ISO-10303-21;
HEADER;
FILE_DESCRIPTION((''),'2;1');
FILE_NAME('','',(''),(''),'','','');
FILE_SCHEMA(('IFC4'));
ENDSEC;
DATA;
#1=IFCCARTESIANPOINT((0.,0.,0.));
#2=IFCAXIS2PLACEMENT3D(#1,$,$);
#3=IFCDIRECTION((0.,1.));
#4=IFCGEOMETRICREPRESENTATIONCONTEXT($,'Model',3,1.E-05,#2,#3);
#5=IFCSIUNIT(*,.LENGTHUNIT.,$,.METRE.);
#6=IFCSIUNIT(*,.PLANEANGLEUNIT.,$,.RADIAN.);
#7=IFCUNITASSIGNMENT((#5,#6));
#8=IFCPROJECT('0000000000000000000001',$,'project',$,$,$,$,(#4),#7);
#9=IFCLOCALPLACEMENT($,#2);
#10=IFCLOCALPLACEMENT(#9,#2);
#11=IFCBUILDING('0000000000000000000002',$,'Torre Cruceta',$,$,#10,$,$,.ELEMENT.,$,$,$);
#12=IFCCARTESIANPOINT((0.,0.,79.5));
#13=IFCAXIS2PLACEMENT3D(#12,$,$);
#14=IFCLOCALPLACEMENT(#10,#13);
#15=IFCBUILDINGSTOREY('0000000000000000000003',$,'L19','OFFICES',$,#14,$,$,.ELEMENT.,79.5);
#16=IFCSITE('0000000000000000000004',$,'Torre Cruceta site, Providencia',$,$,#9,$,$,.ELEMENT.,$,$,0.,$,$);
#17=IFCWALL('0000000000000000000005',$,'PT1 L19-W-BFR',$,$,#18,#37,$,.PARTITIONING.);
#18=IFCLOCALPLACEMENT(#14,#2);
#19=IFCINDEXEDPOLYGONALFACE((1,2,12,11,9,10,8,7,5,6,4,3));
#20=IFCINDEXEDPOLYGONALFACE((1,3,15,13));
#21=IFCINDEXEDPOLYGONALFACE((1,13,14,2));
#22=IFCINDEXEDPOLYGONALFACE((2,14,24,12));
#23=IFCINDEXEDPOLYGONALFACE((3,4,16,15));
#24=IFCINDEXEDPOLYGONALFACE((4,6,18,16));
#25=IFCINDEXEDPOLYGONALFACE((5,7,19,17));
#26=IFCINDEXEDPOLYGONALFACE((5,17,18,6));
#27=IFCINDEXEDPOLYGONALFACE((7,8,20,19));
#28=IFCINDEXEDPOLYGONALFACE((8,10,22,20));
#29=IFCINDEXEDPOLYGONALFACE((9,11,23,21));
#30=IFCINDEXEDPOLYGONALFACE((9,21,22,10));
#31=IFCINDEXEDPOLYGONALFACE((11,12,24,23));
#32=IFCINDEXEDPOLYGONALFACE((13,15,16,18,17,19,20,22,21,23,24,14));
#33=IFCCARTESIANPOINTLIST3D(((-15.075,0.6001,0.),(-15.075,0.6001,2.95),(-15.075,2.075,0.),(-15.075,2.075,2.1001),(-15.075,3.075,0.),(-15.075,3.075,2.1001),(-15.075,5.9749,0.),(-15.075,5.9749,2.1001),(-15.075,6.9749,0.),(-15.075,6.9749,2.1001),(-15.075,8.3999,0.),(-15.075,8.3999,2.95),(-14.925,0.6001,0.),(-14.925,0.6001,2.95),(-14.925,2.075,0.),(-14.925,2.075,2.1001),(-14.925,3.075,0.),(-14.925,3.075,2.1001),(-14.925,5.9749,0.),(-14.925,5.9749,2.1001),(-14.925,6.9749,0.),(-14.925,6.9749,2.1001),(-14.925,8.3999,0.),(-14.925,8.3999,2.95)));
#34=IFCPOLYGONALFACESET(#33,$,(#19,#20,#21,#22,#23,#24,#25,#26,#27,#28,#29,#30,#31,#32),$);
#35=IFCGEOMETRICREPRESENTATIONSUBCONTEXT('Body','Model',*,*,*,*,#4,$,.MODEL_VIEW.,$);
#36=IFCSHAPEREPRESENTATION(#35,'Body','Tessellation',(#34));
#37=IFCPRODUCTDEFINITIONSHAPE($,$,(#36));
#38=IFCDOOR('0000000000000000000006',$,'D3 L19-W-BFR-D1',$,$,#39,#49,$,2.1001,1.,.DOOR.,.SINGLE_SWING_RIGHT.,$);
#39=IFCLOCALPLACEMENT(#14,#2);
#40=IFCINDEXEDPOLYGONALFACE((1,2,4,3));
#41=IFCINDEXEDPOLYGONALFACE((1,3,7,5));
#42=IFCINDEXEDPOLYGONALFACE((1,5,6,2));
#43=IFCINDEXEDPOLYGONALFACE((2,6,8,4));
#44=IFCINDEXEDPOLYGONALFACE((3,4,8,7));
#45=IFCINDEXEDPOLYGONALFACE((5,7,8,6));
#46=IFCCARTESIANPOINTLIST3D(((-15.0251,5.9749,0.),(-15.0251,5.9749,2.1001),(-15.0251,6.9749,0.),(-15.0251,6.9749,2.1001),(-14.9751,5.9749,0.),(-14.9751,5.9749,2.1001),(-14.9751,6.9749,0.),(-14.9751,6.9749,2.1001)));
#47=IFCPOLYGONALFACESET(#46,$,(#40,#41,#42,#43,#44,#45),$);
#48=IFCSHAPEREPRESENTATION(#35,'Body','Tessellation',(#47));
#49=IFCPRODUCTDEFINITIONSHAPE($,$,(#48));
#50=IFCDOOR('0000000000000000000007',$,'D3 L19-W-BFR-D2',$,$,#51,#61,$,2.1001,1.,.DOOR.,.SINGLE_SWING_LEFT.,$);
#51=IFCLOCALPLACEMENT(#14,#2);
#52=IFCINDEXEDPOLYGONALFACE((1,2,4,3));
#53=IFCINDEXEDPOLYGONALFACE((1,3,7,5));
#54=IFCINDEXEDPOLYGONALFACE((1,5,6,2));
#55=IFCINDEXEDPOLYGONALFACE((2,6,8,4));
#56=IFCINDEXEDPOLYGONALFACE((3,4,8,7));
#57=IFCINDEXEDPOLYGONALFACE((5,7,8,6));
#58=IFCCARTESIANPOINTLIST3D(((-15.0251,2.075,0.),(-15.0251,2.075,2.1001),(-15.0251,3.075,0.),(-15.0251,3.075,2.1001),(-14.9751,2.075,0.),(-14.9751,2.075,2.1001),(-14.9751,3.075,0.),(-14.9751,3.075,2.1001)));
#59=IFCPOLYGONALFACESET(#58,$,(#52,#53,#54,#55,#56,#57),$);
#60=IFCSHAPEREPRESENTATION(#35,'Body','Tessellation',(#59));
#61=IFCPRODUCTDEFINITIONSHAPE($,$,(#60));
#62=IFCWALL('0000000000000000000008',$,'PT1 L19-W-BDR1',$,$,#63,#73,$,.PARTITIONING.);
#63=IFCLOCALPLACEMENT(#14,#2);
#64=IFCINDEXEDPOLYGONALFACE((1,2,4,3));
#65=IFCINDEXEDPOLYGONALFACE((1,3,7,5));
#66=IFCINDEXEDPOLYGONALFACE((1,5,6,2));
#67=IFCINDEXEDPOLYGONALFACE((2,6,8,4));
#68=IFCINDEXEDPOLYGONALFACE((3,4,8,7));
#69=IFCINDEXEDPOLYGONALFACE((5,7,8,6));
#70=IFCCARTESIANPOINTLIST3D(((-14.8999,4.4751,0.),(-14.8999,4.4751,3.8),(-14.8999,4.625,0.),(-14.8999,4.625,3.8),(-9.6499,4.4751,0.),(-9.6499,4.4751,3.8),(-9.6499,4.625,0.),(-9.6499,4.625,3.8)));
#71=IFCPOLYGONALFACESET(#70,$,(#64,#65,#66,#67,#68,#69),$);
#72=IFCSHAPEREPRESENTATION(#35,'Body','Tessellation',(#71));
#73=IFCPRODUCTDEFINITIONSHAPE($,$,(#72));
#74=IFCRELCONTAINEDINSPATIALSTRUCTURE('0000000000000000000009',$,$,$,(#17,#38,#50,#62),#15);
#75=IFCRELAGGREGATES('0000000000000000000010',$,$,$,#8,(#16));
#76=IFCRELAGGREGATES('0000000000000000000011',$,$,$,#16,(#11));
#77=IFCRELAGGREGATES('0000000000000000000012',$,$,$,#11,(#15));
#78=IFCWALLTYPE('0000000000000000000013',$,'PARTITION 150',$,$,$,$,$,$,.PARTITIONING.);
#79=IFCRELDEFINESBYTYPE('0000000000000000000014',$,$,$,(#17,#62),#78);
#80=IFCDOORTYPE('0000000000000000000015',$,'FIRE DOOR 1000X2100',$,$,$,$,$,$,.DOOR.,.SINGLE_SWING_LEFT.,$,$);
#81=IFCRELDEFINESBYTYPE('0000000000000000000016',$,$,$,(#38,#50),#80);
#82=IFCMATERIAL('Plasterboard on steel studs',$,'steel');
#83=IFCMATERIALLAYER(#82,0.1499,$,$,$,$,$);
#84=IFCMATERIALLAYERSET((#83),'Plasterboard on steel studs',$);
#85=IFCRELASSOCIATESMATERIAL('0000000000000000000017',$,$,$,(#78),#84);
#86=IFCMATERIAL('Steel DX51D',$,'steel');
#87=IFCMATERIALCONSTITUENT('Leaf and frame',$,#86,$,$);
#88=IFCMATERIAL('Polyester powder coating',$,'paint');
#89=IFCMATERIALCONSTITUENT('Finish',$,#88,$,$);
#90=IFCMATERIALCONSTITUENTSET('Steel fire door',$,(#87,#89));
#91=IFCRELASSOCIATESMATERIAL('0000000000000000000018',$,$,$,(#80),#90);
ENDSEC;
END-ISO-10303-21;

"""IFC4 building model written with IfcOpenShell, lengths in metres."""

from ifc_helpers import new_model, si_unit, direction, frame, frame_2d, origin, place, context, subcontext, project, spatial, rectangle, extrude, material, layer, layer_set, constituent, constituent_set, type_object, element, fill, save


model = new_model("IFC4")

# Units and contexts
model_context = context("Model", 3, precision=1e-05, world=origin(), true_north=direction((0.0, 1.0)))
body_context = subcontext(model_context, "Body", "Model", "MODEL_VIEW")
ifc_project = project(units=[si_unit("LENGTHUNIT", "METRE"), si_unit("PLANEANGLEUNIT", "RADIAN")], contexts=[model_context])

# Site, building, storey
site_placement = place(None, origin())
site = spatial("IfcSite", under=ifc_project, at=site_placement, Name="Torre Cruceta site, Providencia", CompositionType="ELEMENT", RefElevation=0.0)
building_placement = place(site_placement, origin())
building = spatial("IfcBuilding", under=site, at=building_placement, Name="Torre Cruceta", CompositionType="ELEMENT")
storey_placement = place(building_placement, frame((0.0, 0.0, 79.5)))
storey = spatial("IfcBuildingStorey", under=building, at=storey_placement, Name="L19", Description="OFFICES", CompositionType="ELEMENT", Elevation=79.5)

# Wall, openings, doors
ifc_material_1 = material(Name="Plasterboard on steel studs", Category="steel")
ifc_layer_1 = layer(ifc_material_1, 0.1499)
ifc_layer_set_1 = layer_set([ifc_layer_1], Name="Plasterboard on steel studs")
wall_type_1 = type_object("IfcWallType", Name="PARTITION 150", PredefinedType="PARTITIONING", material=ifc_layer_set_1)
wall_1_placement = place(storey_placement, frame((-15.0, 8.3999, 0.0), z_axis=(0.0, 0.0, 1.0), x_axis=(0.0, -1.0, 0.0)))
wall_1 = element("IfcWall", 1, at=wall_1_placement, inside=storey, type_object=wall_type_1, Name="PT1 L19-W-BFR", PredefinedType="PARTITIONING", context=body_context, shape_type="SweptSolid", body=[
    extrude(rectangle(XDim=7.7998, YDim=0.1499, at=frame_2d((3.8999, 0.0))), origin(), (0.0, 0.0, 1.0), 2.95),
])
opening_1_placement = place(wall_1_placement, frame((1.425, 0.0, 0.0)))
opening_1 = element("IfcOpeningElement", 2, at=opening_1_placement, cuts=wall_1, PredefinedType="OPENING", context=body_context, shape_type="SweptSolid", body=[
    extrude(rectangle(XDim=1.0, YDim=2.1001, at=frame_2d((0.5, 1.05))), frame((0.0, 0.085, 0.0), z_axis=(0.0, -1.0, 0.0), x_axis=(1.0, 0.0, 0.0)), (0.0, 0.0, 1.0), 0.1699),
])
opening_2_placement = place(wall_1_placement, frame((5.325, 0.0, 0.0)))
opening_2 = element("IfcOpeningElement", 3, at=opening_2_placement, cuts=wall_1, PredefinedType="OPENING", context=body_context, shape_type="SweptSolid", body=[
    extrude(rectangle(XDim=1.0, YDim=2.1001, at=frame_2d((0.5, 1.05))), frame((0.0, 0.085, 0.0), z_axis=(0.0, -1.0, 0.0), x_axis=(1.0, 0.0, 0.0)), (0.0, 0.0, 1.0), 0.1699),
])
ifc_material_2 = material(Name="Steel DX51D", Category="steel")
ifc_constituent_1 = constituent(ifc_material_2, Name="Leaf and frame")
ifc_material_3 = material(Name="Polyester powder coating", Category="paint")
ifc_constituent_2 = constituent(ifc_material_3, Name="Finish")
ifc_constituent_set_1 = constituent_set(constituents=[ifc_constituent_1, ifc_constituent_2], Name="Steel fire door")
door_type_1 = type_object("IfcDoorType", Name="FIRE DOOR 1000X2100", OperationType="SINGLE_SWING_LEFT", PredefinedType="DOOR", material=ifc_constituent_set_1)
door_1_placement = place(opening_1_placement, origin())
door_1 = element("IfcDoor", 4, at=door_1_placement, inside=storey, type_object=door_type_1, Name="D3 L19-W-BFR-D1", OperationType="SINGLE_SWING_RIGHT", OverallHeight=2.1001, OverallWidth=1.0, PredefinedType="DOOR", context=body_context, shape_type="SweptSolid", body=[
    extrude(rectangle(XDim=1.0, YDim=2.1001, at=frame_2d((0.5, 1.05))), frame((0.0, 0.0249, 0.0), z_axis=(0.0, -1.0, 0.0), x_axis=(1.0, 0.0, 0.0)), (0.0, 0.0, 1.0), 0.05),
])
fill(opening_1, door_1)
door_2_placement = place(opening_2_placement, origin())
door_2 = element("IfcDoor", 5, at=door_2_placement, inside=storey, type_object=door_type_1, Name="D3 L19-W-BFR-D2", OperationType="SINGLE_SWING_LEFT", OverallHeight=2.1001, OverallWidth=1.0, PredefinedType="DOOR", context=body_context, shape_type="SweptSolid", body=[
    extrude(rectangle(XDim=1.0, YDim=2.1001, at=frame_2d((0.5, 1.05))), frame((0.0, 0.0249, 0.0), z_axis=(0.0, -1.0, 0.0), x_axis=(1.0, 0.0, 0.0)), (0.0, 0.0, 1.0), 0.05),
])
fill(opening_2, door_2)

# Wall
wall_2_placement = place(storey_placement, frame((-9.6499, 4.55, 0.0), z_axis=(0.0, 0.0, 1.0), x_axis=(-1.0, 0.0, 0.0)))
element("IfcWall", 6, at=wall_2_placement, inside=storey, type_object=wall_type_1, Name="PT1 L19-W-BDR1", PredefinedType="PARTITIONING", context=body_context, shape_type="SweptSolid", body=[
    extrude(rectangle(XDim=5.25, YDim=0.1499, at=frame_2d((2.625, 0.0))), origin(), (0.0, 0.0, 1.0), 3.8),
])

save(model, "model.ifc")
